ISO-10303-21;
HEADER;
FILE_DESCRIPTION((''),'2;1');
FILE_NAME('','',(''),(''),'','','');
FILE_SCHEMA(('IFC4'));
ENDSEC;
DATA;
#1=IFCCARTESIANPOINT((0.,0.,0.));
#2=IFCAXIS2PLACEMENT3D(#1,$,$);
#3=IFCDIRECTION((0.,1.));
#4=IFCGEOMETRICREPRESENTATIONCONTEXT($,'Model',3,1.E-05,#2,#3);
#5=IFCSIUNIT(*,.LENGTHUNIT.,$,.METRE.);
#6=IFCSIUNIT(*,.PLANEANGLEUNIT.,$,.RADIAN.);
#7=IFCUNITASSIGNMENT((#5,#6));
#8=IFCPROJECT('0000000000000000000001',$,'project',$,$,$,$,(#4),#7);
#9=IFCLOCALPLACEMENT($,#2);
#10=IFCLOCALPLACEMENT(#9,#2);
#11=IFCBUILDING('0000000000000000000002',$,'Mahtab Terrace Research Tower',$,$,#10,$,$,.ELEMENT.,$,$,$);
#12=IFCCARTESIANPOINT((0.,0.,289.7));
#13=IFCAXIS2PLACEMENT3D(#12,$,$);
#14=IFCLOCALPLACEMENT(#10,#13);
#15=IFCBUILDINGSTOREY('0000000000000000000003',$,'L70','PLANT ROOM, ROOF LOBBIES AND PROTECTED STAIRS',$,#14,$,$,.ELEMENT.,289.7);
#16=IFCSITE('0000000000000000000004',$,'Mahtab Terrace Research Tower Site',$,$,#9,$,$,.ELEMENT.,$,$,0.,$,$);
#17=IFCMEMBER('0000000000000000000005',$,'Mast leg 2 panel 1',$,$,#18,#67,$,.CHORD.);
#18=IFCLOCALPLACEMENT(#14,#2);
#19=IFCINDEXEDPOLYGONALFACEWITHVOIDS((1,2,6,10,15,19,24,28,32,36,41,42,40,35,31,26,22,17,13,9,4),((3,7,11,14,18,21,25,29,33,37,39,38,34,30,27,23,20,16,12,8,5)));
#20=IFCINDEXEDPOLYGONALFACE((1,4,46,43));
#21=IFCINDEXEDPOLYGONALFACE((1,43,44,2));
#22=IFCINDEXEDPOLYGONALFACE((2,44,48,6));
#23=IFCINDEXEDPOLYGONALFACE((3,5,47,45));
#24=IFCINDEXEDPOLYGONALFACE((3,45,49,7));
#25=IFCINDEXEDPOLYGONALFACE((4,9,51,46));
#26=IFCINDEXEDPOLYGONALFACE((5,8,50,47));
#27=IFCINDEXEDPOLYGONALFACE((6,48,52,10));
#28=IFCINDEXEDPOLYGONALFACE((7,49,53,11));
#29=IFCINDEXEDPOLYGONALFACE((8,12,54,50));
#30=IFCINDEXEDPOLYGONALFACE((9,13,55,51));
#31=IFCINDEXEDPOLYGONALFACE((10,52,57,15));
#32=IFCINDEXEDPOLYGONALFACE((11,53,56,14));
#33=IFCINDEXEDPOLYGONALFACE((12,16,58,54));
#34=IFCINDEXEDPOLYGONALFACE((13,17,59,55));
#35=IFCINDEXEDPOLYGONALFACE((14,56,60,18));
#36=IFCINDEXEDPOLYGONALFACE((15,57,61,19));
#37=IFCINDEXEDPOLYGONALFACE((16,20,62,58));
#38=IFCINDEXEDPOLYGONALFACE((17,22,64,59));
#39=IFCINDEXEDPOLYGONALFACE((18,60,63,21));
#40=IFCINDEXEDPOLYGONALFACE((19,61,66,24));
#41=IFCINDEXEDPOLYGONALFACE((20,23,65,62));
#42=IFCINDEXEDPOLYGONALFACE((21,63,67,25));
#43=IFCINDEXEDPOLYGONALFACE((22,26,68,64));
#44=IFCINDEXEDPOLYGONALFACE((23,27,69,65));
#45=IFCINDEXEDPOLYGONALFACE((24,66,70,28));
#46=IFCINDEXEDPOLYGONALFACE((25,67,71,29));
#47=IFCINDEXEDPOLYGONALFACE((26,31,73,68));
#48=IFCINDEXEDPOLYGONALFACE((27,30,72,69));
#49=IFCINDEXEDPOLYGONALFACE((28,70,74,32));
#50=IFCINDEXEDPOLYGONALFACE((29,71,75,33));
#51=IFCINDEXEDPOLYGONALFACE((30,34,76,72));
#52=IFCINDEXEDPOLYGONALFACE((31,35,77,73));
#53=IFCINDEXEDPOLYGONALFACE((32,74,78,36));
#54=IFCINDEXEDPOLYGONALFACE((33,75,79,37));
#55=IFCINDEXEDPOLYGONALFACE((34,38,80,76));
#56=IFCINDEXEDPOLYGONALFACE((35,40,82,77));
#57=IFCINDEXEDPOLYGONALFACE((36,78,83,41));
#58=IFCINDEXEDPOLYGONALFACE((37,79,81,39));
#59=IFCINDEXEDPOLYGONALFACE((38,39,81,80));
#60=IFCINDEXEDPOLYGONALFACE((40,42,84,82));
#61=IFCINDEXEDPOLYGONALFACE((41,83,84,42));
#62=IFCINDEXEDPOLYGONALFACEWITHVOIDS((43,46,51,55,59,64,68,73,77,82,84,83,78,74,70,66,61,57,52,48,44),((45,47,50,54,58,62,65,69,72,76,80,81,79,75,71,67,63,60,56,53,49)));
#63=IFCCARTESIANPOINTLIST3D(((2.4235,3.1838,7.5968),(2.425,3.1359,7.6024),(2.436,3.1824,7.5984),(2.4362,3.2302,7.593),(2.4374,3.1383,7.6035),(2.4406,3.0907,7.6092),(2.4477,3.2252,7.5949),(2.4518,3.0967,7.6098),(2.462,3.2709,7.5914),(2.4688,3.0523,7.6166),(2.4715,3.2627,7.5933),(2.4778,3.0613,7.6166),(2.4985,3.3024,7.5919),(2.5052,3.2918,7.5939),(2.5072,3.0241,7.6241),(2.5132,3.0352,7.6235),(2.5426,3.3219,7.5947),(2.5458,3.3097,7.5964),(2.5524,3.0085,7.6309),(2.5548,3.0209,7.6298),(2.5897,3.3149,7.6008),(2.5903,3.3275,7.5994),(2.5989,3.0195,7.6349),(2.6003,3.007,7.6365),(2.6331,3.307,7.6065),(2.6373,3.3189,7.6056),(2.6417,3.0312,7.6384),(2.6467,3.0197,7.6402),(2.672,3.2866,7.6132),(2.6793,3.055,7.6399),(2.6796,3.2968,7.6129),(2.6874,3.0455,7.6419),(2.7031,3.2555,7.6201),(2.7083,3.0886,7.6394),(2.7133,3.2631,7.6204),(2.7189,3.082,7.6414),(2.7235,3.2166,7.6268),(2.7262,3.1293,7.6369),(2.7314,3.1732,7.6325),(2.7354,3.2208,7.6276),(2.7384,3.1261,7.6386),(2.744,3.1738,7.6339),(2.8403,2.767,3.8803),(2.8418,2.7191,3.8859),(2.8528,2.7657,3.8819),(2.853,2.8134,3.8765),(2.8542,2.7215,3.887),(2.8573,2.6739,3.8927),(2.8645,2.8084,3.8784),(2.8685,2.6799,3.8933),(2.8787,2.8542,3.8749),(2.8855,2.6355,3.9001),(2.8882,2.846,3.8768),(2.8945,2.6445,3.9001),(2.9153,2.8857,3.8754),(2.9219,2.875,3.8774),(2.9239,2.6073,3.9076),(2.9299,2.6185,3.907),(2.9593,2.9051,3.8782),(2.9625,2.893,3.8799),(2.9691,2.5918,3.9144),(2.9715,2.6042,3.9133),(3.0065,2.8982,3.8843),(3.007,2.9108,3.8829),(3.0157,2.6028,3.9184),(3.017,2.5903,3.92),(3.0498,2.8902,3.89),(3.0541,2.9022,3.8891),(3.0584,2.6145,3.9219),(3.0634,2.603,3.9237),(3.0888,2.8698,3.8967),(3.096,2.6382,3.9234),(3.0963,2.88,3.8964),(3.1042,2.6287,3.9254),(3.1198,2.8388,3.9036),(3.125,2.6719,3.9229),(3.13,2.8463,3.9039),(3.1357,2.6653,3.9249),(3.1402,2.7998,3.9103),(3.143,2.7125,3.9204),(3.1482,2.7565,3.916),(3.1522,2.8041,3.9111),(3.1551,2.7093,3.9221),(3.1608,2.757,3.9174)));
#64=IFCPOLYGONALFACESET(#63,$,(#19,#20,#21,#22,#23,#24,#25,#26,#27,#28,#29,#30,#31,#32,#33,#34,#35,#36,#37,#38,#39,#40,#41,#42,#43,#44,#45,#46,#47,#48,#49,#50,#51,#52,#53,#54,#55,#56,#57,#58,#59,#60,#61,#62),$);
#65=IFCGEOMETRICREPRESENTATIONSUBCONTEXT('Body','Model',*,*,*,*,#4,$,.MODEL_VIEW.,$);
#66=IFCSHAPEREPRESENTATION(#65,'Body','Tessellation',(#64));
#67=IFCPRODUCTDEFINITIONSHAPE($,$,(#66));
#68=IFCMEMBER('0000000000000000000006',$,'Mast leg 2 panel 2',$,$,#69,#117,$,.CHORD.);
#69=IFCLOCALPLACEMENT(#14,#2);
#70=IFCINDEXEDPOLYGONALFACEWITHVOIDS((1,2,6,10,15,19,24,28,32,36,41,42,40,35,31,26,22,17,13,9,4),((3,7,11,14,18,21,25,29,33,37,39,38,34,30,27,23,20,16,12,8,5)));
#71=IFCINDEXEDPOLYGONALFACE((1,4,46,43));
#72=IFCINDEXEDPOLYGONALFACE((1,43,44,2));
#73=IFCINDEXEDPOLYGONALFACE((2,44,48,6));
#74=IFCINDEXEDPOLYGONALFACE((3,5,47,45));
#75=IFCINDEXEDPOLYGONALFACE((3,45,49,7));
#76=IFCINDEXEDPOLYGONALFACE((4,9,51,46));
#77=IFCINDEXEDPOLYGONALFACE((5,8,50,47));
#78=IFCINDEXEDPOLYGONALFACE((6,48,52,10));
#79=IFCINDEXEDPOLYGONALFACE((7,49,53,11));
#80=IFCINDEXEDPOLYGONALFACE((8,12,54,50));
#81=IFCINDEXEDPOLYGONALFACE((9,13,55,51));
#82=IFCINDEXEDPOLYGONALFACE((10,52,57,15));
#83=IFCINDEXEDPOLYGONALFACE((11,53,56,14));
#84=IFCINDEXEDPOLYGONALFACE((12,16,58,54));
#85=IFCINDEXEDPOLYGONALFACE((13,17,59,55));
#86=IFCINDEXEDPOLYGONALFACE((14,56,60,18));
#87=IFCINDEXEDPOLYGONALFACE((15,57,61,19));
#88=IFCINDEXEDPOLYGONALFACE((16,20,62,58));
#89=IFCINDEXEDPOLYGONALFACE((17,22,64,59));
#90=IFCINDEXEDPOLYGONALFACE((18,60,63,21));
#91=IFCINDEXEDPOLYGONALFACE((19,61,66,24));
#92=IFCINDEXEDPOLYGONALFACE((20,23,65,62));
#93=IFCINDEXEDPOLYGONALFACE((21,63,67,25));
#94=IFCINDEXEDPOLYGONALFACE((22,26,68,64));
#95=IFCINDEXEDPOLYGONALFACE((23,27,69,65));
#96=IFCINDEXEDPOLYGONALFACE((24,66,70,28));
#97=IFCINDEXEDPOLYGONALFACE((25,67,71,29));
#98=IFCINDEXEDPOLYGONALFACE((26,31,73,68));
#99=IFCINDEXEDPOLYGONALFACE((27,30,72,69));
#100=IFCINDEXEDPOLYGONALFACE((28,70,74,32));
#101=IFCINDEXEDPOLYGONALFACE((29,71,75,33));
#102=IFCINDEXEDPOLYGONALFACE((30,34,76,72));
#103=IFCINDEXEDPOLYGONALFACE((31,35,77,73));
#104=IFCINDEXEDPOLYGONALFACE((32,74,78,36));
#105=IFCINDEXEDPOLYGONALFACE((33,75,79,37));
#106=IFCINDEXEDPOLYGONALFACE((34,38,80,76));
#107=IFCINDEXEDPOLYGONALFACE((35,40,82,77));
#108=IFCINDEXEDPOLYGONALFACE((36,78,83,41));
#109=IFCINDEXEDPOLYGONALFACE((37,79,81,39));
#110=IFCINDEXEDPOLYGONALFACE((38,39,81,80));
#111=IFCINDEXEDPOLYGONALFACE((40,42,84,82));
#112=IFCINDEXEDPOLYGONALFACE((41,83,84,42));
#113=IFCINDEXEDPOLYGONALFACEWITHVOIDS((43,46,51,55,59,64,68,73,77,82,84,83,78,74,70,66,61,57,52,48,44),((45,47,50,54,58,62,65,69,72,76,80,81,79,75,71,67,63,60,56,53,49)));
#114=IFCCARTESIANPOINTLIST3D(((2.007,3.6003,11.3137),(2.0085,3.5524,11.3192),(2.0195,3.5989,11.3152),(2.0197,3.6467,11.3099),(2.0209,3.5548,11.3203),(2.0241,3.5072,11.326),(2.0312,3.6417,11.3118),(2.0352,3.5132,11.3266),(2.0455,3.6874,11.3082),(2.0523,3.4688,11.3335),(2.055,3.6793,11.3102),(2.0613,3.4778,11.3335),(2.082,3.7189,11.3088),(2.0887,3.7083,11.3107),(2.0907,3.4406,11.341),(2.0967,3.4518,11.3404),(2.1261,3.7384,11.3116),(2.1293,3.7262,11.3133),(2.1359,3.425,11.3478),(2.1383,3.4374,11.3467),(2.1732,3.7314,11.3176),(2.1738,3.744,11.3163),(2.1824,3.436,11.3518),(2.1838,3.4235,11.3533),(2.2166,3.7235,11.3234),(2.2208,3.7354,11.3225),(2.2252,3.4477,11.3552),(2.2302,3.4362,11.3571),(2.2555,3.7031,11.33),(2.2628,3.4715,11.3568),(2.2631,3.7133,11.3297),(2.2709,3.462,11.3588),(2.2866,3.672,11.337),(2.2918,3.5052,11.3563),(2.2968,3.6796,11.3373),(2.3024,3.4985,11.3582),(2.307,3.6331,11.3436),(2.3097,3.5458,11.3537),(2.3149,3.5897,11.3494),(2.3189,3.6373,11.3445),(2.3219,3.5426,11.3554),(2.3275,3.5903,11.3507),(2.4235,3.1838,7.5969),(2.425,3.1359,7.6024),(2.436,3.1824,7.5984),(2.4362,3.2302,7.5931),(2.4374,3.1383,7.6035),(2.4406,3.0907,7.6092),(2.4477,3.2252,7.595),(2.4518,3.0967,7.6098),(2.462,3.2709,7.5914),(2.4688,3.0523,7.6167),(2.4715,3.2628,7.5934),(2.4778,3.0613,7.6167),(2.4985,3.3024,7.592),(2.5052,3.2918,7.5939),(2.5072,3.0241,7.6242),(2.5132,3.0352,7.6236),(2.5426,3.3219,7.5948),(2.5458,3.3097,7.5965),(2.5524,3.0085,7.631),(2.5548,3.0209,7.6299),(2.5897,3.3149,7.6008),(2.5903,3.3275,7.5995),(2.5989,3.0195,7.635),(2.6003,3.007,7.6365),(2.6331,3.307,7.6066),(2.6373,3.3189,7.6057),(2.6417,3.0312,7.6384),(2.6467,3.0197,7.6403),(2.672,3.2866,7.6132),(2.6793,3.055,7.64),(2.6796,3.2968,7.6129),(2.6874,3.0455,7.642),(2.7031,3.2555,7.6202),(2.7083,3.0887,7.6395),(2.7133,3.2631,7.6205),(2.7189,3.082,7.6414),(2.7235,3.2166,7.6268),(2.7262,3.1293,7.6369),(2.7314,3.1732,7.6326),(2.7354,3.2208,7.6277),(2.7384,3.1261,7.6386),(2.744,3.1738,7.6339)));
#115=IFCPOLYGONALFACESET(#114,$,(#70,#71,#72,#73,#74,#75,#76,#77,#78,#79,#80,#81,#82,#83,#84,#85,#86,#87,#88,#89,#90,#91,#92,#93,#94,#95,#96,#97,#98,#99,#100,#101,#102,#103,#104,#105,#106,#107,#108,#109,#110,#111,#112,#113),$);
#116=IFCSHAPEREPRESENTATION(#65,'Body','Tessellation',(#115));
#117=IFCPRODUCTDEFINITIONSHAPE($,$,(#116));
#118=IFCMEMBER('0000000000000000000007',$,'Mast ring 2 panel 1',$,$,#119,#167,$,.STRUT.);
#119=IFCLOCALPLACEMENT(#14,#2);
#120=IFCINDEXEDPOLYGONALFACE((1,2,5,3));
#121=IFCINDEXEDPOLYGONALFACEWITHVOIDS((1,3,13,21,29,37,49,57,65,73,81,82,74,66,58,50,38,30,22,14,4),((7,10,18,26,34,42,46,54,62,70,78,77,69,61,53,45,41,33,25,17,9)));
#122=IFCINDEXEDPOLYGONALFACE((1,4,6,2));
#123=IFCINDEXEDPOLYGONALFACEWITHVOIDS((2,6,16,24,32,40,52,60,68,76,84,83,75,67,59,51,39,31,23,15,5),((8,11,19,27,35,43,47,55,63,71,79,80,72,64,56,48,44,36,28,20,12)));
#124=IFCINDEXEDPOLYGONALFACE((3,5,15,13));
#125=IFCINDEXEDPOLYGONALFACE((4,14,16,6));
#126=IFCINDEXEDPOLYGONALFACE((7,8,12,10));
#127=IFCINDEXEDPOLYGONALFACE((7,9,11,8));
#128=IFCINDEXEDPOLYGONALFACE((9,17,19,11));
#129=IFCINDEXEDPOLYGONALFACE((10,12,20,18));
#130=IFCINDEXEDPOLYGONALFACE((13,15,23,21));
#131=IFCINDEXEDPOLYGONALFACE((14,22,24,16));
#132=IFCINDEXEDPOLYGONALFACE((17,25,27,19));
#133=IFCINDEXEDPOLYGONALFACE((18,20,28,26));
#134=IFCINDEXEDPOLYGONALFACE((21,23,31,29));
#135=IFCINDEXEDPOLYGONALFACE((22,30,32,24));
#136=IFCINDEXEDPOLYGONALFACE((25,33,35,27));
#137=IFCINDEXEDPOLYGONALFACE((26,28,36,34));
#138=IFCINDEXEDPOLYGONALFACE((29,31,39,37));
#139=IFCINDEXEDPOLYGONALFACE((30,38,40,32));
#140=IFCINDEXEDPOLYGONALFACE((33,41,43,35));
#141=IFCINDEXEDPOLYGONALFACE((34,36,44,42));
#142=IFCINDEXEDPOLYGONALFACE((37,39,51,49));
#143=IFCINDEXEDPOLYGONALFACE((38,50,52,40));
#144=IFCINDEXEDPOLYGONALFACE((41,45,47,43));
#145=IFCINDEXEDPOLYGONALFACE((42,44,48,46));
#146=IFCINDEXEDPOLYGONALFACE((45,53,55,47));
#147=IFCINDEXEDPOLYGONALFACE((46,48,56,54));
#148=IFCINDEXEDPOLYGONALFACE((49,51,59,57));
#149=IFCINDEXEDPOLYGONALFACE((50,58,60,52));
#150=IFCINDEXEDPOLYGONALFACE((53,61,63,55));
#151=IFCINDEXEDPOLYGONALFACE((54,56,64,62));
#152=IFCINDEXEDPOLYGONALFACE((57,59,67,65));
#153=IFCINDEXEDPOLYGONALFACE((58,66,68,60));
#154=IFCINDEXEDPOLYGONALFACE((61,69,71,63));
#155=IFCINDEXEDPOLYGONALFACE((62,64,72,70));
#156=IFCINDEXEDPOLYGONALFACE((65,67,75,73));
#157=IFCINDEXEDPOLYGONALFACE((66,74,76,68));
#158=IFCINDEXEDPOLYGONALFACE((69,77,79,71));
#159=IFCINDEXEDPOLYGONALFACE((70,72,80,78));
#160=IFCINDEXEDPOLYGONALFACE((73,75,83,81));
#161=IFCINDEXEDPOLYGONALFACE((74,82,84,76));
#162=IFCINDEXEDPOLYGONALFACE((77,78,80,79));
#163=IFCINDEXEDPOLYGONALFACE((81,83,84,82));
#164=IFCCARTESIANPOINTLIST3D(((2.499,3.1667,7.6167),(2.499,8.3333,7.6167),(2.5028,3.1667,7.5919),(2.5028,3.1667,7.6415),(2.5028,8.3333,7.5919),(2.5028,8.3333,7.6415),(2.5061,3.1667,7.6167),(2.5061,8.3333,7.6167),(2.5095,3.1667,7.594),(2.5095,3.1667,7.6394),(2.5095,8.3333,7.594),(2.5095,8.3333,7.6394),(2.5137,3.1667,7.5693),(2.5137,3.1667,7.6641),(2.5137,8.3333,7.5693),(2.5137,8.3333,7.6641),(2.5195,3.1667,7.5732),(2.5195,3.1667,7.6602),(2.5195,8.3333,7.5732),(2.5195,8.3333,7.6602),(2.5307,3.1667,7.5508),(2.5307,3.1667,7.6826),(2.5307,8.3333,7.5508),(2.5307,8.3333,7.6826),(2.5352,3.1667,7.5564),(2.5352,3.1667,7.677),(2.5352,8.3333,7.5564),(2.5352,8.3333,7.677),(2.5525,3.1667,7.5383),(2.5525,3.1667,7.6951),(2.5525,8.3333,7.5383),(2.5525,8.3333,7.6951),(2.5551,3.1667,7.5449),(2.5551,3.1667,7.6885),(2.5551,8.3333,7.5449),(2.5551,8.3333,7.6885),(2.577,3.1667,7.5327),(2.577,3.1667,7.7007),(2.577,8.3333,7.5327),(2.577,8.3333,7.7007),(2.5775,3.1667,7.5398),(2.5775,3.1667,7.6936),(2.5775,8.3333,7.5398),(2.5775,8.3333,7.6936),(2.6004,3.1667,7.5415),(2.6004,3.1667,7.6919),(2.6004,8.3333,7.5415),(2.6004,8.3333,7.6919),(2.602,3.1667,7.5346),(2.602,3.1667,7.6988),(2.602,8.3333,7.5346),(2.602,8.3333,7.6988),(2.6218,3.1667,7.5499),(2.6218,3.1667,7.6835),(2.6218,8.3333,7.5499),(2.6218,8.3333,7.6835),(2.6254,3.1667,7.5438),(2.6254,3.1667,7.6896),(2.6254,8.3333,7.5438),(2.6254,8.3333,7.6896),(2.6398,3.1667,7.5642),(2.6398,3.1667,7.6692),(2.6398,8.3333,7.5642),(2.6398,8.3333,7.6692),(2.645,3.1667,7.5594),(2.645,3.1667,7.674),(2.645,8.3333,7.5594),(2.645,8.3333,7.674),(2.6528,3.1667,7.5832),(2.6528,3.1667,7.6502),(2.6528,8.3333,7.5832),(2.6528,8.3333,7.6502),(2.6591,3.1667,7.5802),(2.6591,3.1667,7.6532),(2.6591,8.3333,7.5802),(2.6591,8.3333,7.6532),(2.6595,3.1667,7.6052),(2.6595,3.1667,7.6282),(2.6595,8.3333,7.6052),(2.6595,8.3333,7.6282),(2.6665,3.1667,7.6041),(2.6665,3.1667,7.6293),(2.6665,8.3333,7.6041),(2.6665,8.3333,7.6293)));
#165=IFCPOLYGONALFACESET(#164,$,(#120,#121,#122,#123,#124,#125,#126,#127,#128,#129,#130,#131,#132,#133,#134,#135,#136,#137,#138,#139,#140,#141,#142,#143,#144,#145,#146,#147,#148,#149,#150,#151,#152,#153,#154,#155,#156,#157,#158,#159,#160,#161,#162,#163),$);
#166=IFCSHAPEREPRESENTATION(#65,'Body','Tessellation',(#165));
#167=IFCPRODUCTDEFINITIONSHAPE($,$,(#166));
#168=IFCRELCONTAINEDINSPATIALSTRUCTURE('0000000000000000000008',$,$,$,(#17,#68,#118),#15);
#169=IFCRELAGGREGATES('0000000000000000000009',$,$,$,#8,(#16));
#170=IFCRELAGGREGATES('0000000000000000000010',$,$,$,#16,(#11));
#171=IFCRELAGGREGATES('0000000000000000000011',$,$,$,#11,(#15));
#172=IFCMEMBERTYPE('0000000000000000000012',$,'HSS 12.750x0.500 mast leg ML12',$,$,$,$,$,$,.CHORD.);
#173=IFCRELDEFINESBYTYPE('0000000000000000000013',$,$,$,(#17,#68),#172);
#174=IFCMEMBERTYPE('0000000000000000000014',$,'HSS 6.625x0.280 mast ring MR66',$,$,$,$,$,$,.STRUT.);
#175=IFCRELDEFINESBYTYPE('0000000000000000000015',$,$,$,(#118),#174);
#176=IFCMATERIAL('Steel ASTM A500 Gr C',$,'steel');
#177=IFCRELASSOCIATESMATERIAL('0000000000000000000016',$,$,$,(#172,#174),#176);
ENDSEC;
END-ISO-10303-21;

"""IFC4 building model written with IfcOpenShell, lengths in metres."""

from ifc_helpers import new_model, si_unit, direction, frame, origin, origin_2d, place, context, subcontext, project, spatial, hollow_circle, extrude, material, material_profile, profile_set, type_object, element, save


model = new_model("IFC4")

# Units and contexts
model_context = context("Model", 3, precision=1e-05, world=origin(), true_north=direction((0.0, 1.0)))
body_context = subcontext(model_context, "Body", "Model", "MODEL_VIEW")
ifc_project = project(units=[si_unit("LENGTHUNIT", "METRE"), si_unit("PLANEANGLEUNIT", "RADIAN")], contexts=[model_context])

# Site, building, storey
site_placement = place(None, origin())
site = spatial("IfcSite", under=ifc_project, at=site_placement, Name="Mahtab Terrace Research Tower Site", CompositionType="ELEMENT", RefElevation=0.0)
building_placement = place(site_placement, origin())
building = spatial("IfcBuilding", under=site, at=building_placement, Name="Mahtab Terrace Research Tower", CompositionType="ELEMENT")
storey_placement = place(building_placement, frame((0.0, 0.0, 289.7)))
storey = spatial("IfcBuildingStorey", under=building, at=storey_placement, Name="L70", Description="PLANT ROOM, ROOF LOBBIES AND PROTECTED STAIRS", CompositionType="ELEMENT", Elevation=289.7)

# Members
ifc_material_1 = material(Name="Steel ASTM A500 Gr C", Category="steel")
ifc_material_profile_1 = material_profile(ifc_material_1, hollow_circle(Radius=0.1619, WallThickness=0.0127, at=origin_2d()), Name="HSS12.750X0.500")
ifc_profile_set_1 = profile_set([ifc_material_profile_1], Name="Steel ASTM A500 Gr C")
member_type_1 = type_object("IfcMemberType", Name="HSS 12.750x0.500 mast leg ML12", PredefinedType="CHORD", material=ifc_profile_set_1)
member_1_placement = place(storey_placement, frame((3.0, 2.75, 3.9001), z_axis=(-0.110749, 0.110749, 0.987658), x_axis=(-0.707107, -0.707107, 0.0)))
element("IfcMember", 1, at=member_1_placement, inside=storey, type_object=member_type_1, Name="Mast leg 2 panel 1", PredefinedType="CHORD", context=body_context, shape_type="SweptSolid", body=[
    extrude(hollow_circle(Radius=0.1619, WallThickness=0.0127, at=origin_2d()), origin(), (0.0, 0.0, 1.0), 3.7629),
])
member_2_placement = place(storey_placement, frame((2.5833, 3.1667, 7.6167), z_axis=(-0.110679, 0.110679, 0.987674), x_axis=(-0.707107, -0.707107, 0.0)))
element("IfcMember", 2, at=member_2_placement, inside=storey, type_object=member_type_1, Name="Mast leg 2 panel 2", PredefinedType="CHORD", context=body_context, shape_type="SweptSolid", body=[
    extrude(hollow_circle(Radius=0.1619, WallThickness=0.0127, at=origin_2d()), origin(), (0.0, 0.0, 1.0), 3.7632),
])
ifc_material_profile_2 = material_profile(ifc_material_1, hollow_circle(Radius=0.0842, WallThickness=0.0071, at=origin_2d()), Name="HSS6.625X0.280")
ifc_profile_set_2 = profile_set([ifc_material_profile_2], Name="Steel ASTM A500 Gr C")
member_type_2 = type_object("IfcMemberType", Name="HSS 6.625x0.280 mast ring MR66", PredefinedType="STRUT", material=ifc_profile_set_2)
member_3_placement = place(storey_placement, frame((2.5833, 3.1667, 7.6167), z_axis=(0.0, 1.0, 0.0), x_axis=(-1.0, 0.0, 0.0)))
element("IfcMember", 3, at=member_3_placement, inside=storey, type_object=member_type_2, Name="Mast ring 2 panel 1", PredefinedType="STRUT", context=body_context, shape_type="SweptSolid", body=[
    extrude(hollow_circle(Radius=0.0842, WallThickness=0.0071, at=origin_2d()), origin(), (0.0, 0.0, 1.0), 5.1665),
])

save(model, "model.ifc")
